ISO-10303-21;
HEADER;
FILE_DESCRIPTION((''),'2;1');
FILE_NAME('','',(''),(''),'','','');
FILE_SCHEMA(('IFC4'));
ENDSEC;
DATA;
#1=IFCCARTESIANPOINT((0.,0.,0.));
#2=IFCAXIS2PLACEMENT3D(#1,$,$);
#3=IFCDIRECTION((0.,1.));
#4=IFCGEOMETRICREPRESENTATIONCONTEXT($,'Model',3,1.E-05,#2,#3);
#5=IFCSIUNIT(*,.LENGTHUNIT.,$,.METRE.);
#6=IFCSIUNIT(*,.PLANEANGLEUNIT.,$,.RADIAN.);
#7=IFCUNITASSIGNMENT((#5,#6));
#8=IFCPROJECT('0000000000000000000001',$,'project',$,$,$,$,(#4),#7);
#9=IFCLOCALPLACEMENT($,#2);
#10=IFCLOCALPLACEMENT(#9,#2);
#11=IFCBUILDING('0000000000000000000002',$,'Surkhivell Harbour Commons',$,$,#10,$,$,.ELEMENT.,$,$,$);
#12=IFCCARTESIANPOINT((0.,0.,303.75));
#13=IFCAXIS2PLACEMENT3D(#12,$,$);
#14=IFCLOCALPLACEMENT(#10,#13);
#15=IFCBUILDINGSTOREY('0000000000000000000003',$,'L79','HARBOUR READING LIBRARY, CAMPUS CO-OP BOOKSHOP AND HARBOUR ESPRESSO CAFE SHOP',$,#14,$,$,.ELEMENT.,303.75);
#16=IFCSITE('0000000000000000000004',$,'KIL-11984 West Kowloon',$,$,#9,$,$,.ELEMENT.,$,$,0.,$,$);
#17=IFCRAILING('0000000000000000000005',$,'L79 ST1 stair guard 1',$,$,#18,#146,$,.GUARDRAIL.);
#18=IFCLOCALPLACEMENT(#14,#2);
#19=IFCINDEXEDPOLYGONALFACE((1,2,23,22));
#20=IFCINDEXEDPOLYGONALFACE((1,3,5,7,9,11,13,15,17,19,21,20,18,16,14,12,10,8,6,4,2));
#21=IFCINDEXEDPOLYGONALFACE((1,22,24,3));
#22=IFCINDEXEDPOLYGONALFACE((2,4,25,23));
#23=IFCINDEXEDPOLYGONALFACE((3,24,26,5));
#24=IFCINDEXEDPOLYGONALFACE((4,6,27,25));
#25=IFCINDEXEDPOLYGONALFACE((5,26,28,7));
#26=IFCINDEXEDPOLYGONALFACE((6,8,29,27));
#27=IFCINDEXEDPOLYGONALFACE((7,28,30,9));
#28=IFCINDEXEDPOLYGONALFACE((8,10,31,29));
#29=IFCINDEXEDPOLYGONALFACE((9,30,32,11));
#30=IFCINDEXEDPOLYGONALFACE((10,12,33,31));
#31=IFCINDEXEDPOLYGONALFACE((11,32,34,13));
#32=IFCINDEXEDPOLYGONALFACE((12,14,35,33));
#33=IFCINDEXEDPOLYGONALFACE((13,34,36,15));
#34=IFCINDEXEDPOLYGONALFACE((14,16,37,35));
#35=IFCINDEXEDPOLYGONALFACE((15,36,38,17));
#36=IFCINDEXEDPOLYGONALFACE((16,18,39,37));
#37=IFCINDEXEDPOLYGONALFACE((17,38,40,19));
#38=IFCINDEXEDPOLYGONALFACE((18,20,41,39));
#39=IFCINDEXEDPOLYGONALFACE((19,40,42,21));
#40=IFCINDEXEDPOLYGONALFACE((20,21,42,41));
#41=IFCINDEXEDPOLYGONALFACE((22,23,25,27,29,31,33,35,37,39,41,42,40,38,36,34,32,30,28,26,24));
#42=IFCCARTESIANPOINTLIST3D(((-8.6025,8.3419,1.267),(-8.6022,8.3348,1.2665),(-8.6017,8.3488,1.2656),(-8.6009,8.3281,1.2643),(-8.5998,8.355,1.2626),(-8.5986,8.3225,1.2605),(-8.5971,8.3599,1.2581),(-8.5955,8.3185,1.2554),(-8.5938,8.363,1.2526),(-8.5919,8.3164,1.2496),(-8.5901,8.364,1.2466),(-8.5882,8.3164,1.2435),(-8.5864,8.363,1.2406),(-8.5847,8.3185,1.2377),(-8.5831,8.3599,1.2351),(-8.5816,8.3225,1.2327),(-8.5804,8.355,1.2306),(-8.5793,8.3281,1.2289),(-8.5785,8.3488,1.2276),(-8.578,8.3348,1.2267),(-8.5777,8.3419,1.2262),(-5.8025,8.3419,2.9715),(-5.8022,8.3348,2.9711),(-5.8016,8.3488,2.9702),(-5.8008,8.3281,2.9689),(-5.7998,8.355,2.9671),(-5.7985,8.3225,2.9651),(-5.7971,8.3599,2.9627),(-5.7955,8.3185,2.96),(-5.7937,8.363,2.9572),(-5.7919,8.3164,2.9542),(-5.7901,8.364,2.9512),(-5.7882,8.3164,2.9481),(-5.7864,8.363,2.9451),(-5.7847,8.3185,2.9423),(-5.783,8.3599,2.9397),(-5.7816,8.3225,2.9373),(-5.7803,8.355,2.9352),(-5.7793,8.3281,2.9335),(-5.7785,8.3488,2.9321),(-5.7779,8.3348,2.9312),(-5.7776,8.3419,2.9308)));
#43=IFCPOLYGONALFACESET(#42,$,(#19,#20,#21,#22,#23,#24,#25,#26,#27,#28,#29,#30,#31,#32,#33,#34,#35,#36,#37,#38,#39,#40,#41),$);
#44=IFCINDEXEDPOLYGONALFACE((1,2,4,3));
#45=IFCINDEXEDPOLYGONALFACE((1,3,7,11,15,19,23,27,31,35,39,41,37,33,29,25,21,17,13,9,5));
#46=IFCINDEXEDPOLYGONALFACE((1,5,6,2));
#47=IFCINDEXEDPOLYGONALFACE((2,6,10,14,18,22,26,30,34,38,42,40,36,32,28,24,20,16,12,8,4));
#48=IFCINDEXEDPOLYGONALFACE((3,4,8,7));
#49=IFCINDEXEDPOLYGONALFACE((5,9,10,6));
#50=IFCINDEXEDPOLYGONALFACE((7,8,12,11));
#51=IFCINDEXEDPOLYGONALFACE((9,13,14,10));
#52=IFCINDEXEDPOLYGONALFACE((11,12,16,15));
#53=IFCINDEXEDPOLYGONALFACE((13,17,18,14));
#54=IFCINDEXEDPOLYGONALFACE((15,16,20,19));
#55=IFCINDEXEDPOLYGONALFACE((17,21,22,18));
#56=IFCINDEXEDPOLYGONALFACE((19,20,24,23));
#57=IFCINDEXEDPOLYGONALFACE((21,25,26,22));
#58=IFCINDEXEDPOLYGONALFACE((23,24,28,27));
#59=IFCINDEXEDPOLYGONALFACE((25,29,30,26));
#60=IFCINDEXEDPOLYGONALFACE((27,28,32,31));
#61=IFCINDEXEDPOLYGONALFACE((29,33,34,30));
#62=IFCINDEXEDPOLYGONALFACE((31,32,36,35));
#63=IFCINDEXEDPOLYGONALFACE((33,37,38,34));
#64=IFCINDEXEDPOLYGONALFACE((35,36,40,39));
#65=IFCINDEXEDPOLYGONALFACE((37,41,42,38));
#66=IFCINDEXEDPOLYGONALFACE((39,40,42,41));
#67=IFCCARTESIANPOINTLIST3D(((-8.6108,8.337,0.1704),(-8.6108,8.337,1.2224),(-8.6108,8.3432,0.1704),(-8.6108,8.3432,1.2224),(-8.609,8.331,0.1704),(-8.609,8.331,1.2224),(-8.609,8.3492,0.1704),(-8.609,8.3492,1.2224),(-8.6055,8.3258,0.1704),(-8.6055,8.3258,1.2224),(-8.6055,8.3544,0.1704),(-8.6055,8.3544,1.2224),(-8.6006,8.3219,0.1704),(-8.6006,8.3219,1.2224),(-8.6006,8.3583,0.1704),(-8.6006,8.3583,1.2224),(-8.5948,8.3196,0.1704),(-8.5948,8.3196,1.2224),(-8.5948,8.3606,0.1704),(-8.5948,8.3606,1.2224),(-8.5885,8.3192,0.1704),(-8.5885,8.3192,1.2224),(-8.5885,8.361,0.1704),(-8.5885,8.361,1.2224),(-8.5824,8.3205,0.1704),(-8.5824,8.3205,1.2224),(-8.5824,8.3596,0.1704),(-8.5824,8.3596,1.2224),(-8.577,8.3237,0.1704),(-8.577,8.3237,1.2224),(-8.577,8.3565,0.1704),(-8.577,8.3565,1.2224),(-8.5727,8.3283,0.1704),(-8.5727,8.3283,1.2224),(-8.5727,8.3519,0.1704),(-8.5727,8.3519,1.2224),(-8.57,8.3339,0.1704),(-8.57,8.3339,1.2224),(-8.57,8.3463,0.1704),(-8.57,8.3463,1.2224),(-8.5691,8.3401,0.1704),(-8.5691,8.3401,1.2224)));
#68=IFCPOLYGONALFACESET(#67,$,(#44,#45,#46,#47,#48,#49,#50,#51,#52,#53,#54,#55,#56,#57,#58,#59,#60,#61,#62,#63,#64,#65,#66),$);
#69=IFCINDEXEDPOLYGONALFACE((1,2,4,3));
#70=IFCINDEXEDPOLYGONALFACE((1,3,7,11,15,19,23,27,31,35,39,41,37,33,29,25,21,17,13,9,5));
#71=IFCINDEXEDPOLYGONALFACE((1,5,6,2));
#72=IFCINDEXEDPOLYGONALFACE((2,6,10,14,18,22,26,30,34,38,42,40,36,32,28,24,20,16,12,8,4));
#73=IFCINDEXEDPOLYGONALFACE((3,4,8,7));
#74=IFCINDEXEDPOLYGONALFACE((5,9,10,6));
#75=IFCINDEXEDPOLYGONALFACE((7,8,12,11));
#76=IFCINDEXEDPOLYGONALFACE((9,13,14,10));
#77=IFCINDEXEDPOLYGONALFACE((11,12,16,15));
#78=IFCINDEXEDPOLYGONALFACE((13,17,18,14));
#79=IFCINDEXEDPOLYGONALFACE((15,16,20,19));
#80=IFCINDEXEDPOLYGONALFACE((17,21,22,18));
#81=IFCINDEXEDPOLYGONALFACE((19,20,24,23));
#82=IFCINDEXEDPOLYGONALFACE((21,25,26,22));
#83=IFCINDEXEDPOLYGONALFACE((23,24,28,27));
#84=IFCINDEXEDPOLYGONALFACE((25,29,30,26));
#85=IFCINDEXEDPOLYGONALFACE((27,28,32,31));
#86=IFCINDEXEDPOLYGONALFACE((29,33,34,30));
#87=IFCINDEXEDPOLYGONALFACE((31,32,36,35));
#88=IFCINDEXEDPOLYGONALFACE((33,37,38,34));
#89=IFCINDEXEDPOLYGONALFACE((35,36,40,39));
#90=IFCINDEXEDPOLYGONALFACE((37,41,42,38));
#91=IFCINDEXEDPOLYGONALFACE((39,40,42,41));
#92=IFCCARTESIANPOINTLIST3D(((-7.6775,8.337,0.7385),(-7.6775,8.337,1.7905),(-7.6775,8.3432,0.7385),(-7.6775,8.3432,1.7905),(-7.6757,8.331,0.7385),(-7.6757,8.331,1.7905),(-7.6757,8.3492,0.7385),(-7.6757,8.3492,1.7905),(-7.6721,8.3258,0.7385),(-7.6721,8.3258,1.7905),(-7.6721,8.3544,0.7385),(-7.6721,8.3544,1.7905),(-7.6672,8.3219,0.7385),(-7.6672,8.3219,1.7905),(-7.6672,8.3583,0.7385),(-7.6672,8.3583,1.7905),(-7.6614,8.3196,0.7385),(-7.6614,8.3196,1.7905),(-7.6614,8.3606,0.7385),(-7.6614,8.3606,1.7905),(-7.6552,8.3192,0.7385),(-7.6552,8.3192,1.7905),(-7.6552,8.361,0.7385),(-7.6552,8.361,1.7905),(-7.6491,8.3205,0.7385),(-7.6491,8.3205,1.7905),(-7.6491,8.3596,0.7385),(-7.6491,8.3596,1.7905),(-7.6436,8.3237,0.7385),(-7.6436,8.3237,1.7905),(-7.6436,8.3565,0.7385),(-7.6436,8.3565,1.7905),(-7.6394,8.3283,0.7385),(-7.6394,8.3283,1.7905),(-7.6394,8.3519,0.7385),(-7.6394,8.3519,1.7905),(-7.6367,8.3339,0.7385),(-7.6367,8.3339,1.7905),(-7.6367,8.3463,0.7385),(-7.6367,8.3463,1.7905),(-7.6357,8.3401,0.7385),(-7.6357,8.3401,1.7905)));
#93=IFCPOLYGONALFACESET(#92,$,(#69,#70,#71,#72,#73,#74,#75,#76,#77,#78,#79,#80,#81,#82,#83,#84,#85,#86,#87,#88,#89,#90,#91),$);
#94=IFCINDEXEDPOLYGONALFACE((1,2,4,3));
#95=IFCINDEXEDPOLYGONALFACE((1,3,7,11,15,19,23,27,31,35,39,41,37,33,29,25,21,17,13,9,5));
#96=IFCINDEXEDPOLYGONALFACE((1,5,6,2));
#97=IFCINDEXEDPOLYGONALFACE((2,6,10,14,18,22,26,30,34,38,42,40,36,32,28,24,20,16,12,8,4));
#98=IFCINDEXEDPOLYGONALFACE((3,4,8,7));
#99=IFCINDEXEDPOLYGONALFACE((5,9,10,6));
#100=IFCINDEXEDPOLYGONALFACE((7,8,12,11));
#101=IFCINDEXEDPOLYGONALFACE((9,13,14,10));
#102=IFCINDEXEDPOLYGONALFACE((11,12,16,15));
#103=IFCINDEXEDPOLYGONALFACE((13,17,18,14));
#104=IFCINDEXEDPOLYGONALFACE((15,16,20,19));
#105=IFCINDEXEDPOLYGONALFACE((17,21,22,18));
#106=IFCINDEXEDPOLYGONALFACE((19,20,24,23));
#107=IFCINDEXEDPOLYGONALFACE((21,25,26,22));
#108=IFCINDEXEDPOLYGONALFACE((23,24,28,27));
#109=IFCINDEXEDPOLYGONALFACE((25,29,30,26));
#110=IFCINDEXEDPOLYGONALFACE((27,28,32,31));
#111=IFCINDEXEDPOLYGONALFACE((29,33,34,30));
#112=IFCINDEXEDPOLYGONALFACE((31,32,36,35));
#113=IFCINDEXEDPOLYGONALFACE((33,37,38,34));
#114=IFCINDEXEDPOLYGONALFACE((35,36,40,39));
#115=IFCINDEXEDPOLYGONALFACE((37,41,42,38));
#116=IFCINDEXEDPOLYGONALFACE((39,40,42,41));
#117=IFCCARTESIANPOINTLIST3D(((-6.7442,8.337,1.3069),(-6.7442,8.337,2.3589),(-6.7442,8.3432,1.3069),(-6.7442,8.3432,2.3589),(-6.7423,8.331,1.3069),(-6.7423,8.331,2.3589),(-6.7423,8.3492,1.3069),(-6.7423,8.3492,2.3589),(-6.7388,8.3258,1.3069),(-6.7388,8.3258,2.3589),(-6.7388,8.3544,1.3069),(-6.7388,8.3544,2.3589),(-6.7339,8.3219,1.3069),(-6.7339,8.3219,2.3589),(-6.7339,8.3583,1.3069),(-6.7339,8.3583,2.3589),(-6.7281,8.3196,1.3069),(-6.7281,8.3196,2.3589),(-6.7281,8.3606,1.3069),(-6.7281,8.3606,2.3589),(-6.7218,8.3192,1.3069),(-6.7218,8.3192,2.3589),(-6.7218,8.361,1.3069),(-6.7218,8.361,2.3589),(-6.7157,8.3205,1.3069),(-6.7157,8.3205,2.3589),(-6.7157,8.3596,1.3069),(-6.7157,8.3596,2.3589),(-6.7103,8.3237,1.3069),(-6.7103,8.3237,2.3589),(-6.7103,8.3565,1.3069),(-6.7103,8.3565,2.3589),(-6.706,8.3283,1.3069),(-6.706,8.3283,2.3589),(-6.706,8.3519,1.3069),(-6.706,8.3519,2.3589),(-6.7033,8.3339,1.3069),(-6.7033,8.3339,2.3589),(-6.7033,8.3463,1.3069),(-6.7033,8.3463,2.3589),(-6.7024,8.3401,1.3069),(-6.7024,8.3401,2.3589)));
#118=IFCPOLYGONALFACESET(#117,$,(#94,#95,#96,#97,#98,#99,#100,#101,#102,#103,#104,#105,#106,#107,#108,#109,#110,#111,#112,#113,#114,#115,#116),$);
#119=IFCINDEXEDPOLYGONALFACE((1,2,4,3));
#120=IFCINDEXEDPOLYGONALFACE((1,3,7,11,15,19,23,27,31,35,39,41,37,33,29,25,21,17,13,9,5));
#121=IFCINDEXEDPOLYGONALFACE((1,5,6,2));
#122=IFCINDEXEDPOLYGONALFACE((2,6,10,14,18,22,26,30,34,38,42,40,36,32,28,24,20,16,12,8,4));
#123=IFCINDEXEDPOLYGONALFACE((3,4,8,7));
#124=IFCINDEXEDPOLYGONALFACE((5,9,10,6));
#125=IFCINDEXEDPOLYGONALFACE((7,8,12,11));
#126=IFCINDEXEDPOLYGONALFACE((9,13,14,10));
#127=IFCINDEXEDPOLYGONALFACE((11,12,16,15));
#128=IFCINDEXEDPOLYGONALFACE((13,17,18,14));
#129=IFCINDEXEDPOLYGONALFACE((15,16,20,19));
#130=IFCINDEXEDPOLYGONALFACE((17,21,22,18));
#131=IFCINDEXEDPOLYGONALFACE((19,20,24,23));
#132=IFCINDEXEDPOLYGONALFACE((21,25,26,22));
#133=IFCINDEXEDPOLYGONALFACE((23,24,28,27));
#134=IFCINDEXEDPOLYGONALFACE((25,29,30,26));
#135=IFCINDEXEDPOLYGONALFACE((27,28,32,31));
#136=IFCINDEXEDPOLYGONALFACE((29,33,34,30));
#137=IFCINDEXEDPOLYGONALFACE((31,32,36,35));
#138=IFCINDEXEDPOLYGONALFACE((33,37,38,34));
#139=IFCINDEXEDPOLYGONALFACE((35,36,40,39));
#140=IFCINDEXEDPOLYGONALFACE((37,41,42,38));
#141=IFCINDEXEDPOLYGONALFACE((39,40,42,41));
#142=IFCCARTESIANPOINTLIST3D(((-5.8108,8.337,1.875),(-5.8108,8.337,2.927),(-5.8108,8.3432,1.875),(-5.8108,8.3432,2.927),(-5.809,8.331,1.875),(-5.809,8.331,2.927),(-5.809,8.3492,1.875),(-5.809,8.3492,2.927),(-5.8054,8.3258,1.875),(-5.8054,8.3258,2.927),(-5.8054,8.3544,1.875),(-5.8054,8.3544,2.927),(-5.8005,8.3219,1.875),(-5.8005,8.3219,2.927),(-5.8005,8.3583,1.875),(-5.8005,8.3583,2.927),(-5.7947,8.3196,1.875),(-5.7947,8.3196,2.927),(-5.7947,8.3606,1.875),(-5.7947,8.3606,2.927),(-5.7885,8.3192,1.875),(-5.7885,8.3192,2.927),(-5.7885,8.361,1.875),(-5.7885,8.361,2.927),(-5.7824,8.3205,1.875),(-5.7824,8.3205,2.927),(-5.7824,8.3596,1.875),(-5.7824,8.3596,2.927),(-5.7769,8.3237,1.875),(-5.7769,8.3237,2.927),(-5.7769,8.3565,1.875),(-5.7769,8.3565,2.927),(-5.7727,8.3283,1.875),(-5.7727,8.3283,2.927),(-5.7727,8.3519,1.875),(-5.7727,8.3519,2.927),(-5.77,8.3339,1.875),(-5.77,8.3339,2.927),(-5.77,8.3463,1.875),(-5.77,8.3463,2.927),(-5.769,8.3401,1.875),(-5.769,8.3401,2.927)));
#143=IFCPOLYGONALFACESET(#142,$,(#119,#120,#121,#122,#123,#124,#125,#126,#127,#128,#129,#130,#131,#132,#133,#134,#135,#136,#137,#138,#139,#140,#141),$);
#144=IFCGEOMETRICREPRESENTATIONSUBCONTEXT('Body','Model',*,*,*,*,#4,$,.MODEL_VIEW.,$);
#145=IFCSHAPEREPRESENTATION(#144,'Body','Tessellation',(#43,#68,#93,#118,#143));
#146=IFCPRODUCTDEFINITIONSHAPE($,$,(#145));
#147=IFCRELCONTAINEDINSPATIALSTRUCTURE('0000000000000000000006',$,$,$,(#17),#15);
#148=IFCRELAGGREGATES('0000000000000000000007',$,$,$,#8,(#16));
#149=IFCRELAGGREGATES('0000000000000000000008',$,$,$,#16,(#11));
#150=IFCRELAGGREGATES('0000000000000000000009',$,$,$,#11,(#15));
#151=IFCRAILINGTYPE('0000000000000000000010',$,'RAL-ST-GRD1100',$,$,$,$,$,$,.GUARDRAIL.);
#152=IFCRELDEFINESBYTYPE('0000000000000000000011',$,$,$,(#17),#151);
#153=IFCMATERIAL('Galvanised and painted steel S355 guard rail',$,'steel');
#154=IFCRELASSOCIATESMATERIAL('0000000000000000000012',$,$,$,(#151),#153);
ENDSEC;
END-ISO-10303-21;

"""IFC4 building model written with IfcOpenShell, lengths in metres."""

from ifc_helpers import new_model, si_unit, direction, frame, origin, origin_2d, place, context, subcontext, project, spatial, circle, extrude, material, type_object, element, save


model = new_model("IFC4")

# Units and contexts
model_context = context("Model", 3, precision=1e-05, world=origin(), true_north=direction((0.0, 1.0)))
body_context = subcontext(model_context, "Body", "Model", "MODEL_VIEW")
ifc_project = project(units=[si_unit("LENGTHUNIT", "METRE"), si_unit("PLANEANGLEUNIT", "RADIAN")], contexts=[model_context])

# Site, building, storey
site_placement = place(None, origin())
site = spatial("IfcSite", under=ifc_project, at=site_placement, Name="KIL-11984 West Kowloon", CompositionType="ELEMENT", RefElevation=0.0)
building_placement = place(site_placement, origin())
building = spatial("IfcBuilding", under=site, at=building_placement, Name="Surkhivell Harbour Commons", CompositionType="ELEMENT")
storey_placement = place(building_placement, frame((0.0, 0.0, 303.75)))
storey = spatial("IfcBuildingStorey", under=building, at=storey_placement, Name="L79", Description="HARBOUR READING LIBRARY, CAMPUS CO-OP BOOKSHOP AND HARBOUR ESPRESSO CAFE SHOP", CompositionType="ELEMENT", Elevation=303.75)

# Railing
ifc_material_1 = material(Name="Galvanised and painted steel S355 guard rail", Category="steel")
railing_type_1 = type_object("IfcRailingType", Name="RAL-ST-GRD1100", PredefinedType="GUARDRAIL", material=ifc_material_1)
railing_1_placement = place(storey_placement, frame((-8.5901, 8.3401, 0.1704)))
element("IfcRailing", 1, at=railing_1_placement, inside=storey, type_object=railing_type_1, Name="L79 ST1 stair guard 1", PredefinedType="GUARDRAIL", context=body_context, shape_type="SweptSolid", body=[
    extrude(circle(Radius=0.0239, at=origin_2d()), frame((0.0, 0.0, 1.0762), z_axis=(0.85417, 0.0, 0.519994), x_axis=(0.0, 1.0, 0.0)), (0.0, 0.0, 1.0), 3.2781),
    extrude(circle(Radius=0.021, at=origin_2d()), origin(), (0.0, 0.0, 1.0), 1.052),
    extrude(circle(Radius=0.021, at=origin_2d()), frame((0.9333, 0.0, 0.5681)), (0.0, 0.0, 1.0), 1.052),
    extrude(circle(Radius=0.021, at=origin_2d()), frame((1.8667, 0.0, 1.1365)), (0.0, 0.0, 1.0), 1.052),
    extrude(circle(Radius=0.021, at=origin_2d()), frame((2.8, 0.0, 1.7046)), (0.0, 0.0, 1.0), 1.052),
])

save(model, "model.ifc")
